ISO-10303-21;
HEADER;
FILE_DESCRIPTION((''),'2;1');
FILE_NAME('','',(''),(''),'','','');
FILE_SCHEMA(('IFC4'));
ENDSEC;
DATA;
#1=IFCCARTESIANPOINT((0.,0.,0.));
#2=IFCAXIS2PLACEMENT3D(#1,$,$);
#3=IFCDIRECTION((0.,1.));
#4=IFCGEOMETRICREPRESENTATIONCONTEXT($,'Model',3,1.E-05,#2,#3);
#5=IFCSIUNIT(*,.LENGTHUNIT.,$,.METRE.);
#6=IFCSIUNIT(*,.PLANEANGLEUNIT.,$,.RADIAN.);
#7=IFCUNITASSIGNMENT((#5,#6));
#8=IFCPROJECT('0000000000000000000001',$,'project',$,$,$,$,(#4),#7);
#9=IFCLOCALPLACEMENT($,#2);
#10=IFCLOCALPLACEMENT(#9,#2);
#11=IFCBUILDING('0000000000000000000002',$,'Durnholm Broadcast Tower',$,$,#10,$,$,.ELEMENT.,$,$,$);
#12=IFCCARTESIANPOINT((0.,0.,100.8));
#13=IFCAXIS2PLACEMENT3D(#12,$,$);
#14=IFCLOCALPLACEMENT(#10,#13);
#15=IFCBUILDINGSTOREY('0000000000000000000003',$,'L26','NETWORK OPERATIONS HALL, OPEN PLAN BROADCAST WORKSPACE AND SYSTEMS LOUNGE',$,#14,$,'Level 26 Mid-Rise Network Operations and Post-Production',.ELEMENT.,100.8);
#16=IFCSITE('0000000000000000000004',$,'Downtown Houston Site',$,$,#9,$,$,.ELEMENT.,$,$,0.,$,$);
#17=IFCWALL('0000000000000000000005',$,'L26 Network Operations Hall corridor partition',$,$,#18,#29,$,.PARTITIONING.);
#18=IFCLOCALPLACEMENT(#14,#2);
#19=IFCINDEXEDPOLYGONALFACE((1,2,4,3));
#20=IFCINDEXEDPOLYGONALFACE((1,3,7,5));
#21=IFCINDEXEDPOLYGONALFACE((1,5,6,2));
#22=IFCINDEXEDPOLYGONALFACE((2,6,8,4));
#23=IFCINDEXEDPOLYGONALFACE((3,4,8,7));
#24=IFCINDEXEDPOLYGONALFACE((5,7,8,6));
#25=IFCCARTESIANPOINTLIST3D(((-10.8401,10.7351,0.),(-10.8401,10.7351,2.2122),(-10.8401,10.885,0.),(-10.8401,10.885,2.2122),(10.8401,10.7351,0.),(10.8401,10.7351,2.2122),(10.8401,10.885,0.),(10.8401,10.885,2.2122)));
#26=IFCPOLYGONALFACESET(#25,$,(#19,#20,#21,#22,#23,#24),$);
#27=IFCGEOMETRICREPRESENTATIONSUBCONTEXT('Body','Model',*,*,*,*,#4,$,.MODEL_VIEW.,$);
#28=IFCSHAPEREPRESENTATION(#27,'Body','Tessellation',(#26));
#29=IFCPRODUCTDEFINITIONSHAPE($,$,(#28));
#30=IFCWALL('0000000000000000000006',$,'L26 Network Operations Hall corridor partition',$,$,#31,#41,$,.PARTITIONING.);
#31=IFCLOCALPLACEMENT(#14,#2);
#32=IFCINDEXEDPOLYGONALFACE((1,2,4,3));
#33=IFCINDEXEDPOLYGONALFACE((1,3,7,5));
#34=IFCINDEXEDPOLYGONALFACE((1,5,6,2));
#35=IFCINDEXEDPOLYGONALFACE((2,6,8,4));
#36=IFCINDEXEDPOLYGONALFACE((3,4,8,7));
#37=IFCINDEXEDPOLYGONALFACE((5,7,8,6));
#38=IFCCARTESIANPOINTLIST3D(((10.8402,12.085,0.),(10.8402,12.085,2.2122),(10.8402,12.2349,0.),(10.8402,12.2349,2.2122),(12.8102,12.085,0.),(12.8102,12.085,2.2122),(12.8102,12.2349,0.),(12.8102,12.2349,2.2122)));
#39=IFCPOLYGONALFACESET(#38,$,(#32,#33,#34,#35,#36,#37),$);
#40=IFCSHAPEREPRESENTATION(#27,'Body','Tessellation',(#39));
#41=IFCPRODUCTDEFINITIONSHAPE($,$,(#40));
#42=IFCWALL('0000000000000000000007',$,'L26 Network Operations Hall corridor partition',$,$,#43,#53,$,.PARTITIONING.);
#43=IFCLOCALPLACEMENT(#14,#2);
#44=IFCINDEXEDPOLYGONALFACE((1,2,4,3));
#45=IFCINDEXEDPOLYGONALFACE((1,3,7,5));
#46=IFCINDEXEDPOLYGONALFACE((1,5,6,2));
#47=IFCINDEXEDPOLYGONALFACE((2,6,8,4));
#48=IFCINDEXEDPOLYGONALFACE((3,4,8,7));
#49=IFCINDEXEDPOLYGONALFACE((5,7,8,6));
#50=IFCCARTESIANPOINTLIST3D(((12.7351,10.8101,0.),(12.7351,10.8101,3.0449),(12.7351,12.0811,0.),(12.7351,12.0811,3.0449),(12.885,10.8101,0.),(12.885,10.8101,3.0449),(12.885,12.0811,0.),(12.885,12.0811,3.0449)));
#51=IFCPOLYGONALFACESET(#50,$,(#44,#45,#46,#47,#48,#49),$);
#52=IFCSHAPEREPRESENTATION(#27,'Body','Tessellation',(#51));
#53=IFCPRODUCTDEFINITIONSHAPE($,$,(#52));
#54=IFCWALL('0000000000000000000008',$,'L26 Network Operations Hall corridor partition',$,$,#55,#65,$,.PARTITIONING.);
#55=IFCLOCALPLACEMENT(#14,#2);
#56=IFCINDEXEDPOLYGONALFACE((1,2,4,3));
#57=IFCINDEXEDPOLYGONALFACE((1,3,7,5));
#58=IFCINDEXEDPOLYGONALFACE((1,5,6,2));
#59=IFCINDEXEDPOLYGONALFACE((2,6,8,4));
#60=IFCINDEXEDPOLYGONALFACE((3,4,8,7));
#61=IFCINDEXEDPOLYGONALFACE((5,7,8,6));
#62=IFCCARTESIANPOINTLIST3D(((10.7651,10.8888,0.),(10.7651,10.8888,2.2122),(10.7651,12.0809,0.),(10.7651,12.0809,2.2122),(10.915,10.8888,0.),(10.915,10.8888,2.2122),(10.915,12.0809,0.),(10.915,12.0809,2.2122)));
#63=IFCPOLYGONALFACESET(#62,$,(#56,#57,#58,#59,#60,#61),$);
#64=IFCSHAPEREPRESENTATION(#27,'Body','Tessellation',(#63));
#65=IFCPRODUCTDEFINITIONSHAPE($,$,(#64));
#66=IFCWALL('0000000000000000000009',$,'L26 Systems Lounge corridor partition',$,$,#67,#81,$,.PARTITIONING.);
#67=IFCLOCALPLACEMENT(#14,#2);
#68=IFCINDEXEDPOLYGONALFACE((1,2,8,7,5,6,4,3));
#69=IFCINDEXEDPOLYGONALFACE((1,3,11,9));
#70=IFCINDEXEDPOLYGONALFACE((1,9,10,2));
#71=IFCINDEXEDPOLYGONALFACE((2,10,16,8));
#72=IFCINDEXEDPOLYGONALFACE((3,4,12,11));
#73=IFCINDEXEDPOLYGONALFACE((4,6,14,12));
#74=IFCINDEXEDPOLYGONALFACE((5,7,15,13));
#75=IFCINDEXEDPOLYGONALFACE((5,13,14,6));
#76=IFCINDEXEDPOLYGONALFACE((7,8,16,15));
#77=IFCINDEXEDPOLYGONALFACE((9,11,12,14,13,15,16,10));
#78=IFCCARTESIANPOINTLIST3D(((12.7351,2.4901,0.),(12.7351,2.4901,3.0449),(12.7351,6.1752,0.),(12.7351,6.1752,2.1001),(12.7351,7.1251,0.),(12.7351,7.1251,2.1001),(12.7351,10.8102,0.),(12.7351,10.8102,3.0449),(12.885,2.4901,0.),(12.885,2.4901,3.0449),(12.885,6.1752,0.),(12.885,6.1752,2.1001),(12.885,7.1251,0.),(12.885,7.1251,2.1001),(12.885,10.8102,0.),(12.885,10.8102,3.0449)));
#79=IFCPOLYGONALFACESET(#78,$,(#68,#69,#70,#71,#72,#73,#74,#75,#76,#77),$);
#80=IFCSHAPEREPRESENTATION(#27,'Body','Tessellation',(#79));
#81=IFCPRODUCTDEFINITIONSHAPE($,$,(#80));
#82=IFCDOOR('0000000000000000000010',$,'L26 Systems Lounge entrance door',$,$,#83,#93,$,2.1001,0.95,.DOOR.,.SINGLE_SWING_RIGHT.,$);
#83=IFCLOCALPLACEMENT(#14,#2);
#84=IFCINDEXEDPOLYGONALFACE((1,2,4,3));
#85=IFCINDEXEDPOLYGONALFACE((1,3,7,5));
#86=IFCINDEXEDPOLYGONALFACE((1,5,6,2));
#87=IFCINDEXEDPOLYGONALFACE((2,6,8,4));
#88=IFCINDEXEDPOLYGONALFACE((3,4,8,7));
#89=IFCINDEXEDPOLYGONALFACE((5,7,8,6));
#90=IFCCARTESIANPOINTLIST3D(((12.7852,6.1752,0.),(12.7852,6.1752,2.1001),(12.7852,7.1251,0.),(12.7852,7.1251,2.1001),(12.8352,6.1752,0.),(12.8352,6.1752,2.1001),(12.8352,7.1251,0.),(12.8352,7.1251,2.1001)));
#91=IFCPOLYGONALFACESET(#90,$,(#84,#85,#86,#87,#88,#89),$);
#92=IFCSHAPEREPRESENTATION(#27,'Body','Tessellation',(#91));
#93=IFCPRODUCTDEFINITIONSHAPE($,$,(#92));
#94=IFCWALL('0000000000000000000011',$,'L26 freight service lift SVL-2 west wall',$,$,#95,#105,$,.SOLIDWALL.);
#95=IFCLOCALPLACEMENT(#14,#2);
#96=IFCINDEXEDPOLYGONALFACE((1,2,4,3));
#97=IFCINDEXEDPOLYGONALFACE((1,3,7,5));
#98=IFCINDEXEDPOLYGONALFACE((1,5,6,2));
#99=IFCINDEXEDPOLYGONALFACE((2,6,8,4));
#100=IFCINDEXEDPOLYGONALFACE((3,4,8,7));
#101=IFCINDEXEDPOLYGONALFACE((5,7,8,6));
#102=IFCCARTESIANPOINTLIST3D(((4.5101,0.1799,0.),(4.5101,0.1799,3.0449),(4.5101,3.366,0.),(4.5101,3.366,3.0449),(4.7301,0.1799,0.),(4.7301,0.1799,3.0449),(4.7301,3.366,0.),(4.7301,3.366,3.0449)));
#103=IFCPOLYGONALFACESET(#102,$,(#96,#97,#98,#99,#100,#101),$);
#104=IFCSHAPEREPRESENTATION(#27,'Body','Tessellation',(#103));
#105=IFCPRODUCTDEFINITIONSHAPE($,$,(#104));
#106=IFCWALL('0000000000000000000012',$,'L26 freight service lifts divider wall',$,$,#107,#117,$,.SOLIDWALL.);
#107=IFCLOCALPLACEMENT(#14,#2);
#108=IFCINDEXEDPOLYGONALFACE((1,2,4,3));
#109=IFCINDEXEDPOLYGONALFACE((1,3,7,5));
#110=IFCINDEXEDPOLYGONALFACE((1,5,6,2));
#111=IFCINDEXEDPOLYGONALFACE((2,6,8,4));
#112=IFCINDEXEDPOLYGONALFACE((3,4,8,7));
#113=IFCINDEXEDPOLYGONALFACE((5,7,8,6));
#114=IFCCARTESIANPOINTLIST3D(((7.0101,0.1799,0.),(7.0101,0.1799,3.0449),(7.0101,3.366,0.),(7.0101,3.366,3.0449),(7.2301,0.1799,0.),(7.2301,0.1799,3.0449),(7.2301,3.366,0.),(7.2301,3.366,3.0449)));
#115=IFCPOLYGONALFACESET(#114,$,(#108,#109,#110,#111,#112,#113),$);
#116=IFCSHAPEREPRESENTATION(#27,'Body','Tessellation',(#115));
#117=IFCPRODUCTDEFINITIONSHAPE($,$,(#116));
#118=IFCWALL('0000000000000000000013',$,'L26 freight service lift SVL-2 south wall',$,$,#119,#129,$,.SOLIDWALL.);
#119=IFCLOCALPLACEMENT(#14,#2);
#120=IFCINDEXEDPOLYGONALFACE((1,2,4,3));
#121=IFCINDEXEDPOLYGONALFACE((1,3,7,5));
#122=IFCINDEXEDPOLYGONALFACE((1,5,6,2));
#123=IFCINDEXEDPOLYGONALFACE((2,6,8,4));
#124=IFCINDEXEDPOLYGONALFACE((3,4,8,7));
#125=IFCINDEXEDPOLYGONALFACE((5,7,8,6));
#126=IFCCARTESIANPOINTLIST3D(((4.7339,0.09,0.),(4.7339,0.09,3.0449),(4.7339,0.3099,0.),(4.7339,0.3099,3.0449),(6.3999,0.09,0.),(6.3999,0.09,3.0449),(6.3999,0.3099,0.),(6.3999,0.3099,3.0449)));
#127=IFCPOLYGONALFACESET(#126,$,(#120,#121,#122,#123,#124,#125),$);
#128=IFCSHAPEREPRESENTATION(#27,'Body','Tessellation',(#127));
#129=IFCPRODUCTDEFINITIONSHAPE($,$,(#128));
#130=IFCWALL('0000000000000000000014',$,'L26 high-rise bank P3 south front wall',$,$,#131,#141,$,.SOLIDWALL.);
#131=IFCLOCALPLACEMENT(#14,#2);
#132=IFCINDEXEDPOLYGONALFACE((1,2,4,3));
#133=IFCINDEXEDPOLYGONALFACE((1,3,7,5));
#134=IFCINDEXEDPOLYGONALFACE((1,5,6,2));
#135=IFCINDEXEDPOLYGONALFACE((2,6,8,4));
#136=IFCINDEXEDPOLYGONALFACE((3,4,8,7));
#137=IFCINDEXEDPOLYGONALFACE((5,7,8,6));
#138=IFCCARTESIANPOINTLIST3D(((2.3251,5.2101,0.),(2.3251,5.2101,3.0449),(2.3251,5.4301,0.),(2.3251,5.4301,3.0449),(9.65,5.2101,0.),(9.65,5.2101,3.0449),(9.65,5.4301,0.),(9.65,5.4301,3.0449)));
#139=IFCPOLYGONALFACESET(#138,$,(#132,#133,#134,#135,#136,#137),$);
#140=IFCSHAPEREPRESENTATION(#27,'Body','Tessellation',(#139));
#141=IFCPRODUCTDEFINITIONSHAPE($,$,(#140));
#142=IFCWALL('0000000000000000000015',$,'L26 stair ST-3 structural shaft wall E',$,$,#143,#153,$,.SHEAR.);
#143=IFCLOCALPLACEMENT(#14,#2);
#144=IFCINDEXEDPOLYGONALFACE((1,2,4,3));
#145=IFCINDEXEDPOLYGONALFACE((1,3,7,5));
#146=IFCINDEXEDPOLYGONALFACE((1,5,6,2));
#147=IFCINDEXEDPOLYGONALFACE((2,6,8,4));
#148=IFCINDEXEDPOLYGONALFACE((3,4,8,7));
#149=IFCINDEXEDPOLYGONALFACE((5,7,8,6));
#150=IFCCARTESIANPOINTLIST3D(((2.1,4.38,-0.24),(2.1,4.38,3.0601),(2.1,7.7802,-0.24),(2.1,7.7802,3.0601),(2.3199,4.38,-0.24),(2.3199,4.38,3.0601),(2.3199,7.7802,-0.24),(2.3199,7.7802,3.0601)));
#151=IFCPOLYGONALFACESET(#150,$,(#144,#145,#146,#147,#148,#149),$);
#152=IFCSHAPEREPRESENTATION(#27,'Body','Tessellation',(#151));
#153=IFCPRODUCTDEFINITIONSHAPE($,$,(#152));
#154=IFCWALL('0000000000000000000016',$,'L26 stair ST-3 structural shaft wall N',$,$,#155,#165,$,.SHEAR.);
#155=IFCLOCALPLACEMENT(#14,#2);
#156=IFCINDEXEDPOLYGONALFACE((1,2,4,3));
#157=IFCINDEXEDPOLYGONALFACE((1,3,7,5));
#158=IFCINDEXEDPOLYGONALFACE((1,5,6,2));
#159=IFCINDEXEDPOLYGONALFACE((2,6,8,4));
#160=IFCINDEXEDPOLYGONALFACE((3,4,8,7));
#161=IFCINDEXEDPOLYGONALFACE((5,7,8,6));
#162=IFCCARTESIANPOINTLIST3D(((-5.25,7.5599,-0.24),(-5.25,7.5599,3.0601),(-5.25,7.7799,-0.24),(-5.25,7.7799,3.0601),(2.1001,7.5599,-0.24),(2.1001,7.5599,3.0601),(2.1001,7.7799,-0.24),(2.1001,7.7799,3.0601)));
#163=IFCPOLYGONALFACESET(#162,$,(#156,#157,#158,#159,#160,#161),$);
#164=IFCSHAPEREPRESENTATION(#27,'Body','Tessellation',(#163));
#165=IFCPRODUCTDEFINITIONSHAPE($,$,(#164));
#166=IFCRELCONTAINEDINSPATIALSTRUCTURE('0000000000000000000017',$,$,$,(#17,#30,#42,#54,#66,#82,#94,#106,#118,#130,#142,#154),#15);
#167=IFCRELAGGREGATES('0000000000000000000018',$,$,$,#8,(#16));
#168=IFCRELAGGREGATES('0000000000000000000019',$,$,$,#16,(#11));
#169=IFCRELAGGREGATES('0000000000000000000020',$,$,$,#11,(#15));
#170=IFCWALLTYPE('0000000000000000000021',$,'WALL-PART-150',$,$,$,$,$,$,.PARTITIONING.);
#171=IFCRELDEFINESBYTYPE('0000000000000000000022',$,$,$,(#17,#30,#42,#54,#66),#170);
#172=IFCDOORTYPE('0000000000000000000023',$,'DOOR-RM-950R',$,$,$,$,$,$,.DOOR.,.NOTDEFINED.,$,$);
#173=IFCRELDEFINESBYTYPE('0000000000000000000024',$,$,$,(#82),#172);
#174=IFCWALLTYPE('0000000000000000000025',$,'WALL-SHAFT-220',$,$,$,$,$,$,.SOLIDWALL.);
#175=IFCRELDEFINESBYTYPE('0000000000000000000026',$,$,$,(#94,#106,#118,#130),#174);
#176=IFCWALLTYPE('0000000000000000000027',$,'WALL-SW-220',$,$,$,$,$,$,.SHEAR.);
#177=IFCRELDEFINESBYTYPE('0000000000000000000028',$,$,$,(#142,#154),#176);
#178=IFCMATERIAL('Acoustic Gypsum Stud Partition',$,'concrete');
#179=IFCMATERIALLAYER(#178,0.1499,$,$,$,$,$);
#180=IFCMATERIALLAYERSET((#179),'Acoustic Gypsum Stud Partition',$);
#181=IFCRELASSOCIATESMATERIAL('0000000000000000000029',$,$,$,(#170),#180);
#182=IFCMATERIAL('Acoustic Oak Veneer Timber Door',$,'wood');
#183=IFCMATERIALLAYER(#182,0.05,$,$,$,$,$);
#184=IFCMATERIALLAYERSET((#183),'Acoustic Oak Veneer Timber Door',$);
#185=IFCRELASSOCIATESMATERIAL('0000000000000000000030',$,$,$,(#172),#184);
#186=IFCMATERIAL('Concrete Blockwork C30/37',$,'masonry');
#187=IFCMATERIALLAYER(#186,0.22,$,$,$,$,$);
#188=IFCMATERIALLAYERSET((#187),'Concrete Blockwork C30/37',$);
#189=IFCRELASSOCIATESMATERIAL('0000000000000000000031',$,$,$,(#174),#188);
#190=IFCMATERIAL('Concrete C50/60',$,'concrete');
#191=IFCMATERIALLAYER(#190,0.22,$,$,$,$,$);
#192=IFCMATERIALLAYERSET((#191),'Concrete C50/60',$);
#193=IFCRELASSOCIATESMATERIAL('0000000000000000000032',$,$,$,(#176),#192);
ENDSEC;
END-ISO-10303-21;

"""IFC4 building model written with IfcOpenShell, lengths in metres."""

from ifc_helpers import new_model, si_unit, direction, frame, frame_2d, origin, place, context, subcontext, project, spatial, rectangle, extrude, source, transform, mapped, material, layer, layer_set, type_object, type_shapes, element, fill, save


model = new_model("IFC4")

# Units and contexts
model_context = context("Model", 3, precision=1e-05, world=origin(), true_north=direction((0.0, 1.0)))
body_context = subcontext(model_context, "Body", "Model", "MODEL_VIEW")
ifc_project = project(units=[si_unit("LENGTHUNIT", "METRE"), si_unit("PLANEANGLEUNIT", "RADIAN")], contexts=[model_context])

# Site, building, storey
site_placement = place(None, origin())
site = spatial("IfcSite", under=ifc_project, at=site_placement, Name="Downtown Houston Site", CompositionType="ELEMENT", RefElevation=0.0)
building_placement = place(site_placement, origin())
building = spatial("IfcBuilding", under=site, at=building_placement, Name="Durnholm Broadcast Tower", CompositionType="ELEMENT")
storey_placement = place(building_placement, frame((0.0, 0.0, 100.8)))
storey = spatial("IfcBuildingStorey", under=building, at=storey_placement, Name="L26", Description="NETWORK OPERATIONS HALL, OPEN PLAN BROADCAST WORKSPACE AND SYSTEMS LOUNGE", LongName="Level 26 Mid-Rise Network Operations and Post-Production", CompositionType="ELEMENT", Elevation=100.8)

# Walls
ifc_material_1 = material(Name="Acoustic Gypsum Stud Partition", Category="concrete")
ifc_layer_1 = layer(ifc_material_1, 0.1499)
ifc_layer_set_1 = layer_set([ifc_layer_1], Name="Acoustic Gypsum Stud Partition")
wall_type_1 = type_object("IfcWallType", Name="WALL-PART-150", PredefinedType="PARTITIONING", material=ifc_layer_set_1)
wall_1_placement = place(storey_placement, frame((10.8401, 10.8101, 0.0), z_axis=(0.0, 0.0, 1.0), x_axis=(-1.0, 0.0, 0.0)))
element("IfcWall", 1, at=wall_1_placement, inside=storey, type_object=wall_type_1, Name="L26 Network Operations Hall corridor partition", PredefinedType="PARTITIONING", context=body_context, shape_type="SweptSolid", body=[
    extrude(rectangle(XDim=21.6802, YDim=0.1499, at=frame_2d((10.8401, 0.0))), origin(), (0.0, 0.0, 1.0), 2.2122),
])
wall_2_placement = place(storey_placement, frame((12.8101, 12.1599, 0.0), z_axis=(0.0, 0.0, 1.0), x_axis=(-1.0, 0.0, 0.0)))
element("IfcWall", 2, at=wall_2_placement, inside=storey, type_object=wall_type_1, Name="L26 Network Operations Hall corridor partition", PredefinedType="PARTITIONING", context=body_context, shape_type="SweptSolid", body=[
    extrude(rectangle(XDim=1.97, YDim=0.1499, at=frame_2d((0.9849, 0.0))), origin(), (0.0, 0.0, 1.0), 2.2122),
])
wall_3_placement = place(storey_placement, frame((12.8101, 10.8101, 0.0), z_axis=(0.0, 0.0, 1.0), x_axis=(0.0, 1.0, 0.0)))
element("IfcWall", 3, at=wall_3_placement, inside=storey, type_object=wall_type_1, Name="L26 Network Operations Hall corridor partition", PredefinedType="PARTITIONING", context=body_context, shape_type="SweptSolid", body=[
    extrude(rectangle(XDim=1.271, YDim=0.1499, at=frame_2d((0.6355, 0.0))), origin(), (0.0, 0.0, 1.0), 3.0449),
])
wall_4_placement = place(storey_placement, frame((10.8401, 12.0811, 0.0), z_axis=(0.0, 0.0, 1.0), x_axis=(0.0, -1.0, 0.0)))
element("IfcWall", 4, at=wall_4_placement, inside=storey, type_object=wall_type_1, Name="L26 Network Operations Hall corridor partition", PredefinedType="PARTITIONING", context=body_context, shape_type="SweptSolid", body=[
    extrude(rectangle(XDim=1.1921, YDim=0.1499, at=frame_2d((0.5962, 0.0))), origin(), (0.0, 0.0, 1.0), 2.2122),
])

# Wall, opening, door
wall_5_placement = place(storey_placement, frame((12.8101, 2.49, 0.0), z_axis=(0.0, 0.0, 1.0), x_axis=(0.0, 1.0, 0.0)))
wall_5 = element("IfcWall", 5, at=wall_5_placement, inside=storey, type_object=wall_type_1, Name="L26 Systems Lounge corridor partition", PredefinedType="PARTITIONING", context=body_context, shape_type="SweptSolid", body=[
    extrude(rectangle(XDim=8.3201, YDim=0.1499, at=frame_2d((4.1602, 0.0))), origin(), (0.0, 0.0, 1.0), 3.0449),
])
opening_1_placement = place(wall_5_placement, frame((3.6851, 0.0, 0.0)))
opening_1 = element("IfcOpeningElement", 6, at=opening_1_placement, cuts=wall_5, PredefinedType="OPENING", context=body_context, shape_type="SweptSolid", body=[
    extrude(rectangle(XDim=0.95, YDim=2.1001, at=frame_2d((0.4751, 1.05))), frame((0.0, 0.085, 0.0), z_axis=(0.0, -1.0, 0.0), x_axis=(1.0, 0.0, 0.0)), (0.0, 0.0, 1.0), 0.1699),
])
ifc_material_2 = material(Name="Acoustic Oak Veneer Timber Door", Category="wood")
ifc_layer_2 = layer(ifc_material_2, 0.05)
ifc_layer_set_2 = layer_set([ifc_layer_2], Name="Acoustic Oak Veneer Timber Door")
door_type_1 = type_object("IfcDoorType", Name="DOOR-RM-950R", OperationType="NOTDEFINED", PredefinedType="DOOR", material=ifc_layer_set_2)
shared_shape_1 = source(origin(), body_context, "Body", "SweptSolid", [
    extrude(rectangle(XDim=0.95, YDim=2.1001, at=frame_2d((0.4751, 1.05))), frame((0.0, 0.0249, 0.0), z_axis=(0.0, -1.0, 0.0), x_axis=(1.0, 0.0, 0.0)), (0.0, 0.0, 1.0), 0.05),
])
type_shapes(door_type_1, [shared_shape_1])
door_1_placement = place(opening_1_placement, origin())
door_1 = element("IfcDoor", 7, at=door_1_placement, inside=storey, type_object=door_type_1, Name="L26 Systems Lounge entrance door", OperationType="SINGLE_SWING_RIGHT", OverallHeight=2.1001, OverallWidth=0.95, PredefinedType="DOOR", context=body_context, shape_type="MappedRepresentation", body=[
    mapped(shared_shape_1, transform((0.0, 0.0, 0.0), x_axis=(1.0, 0.0, 0.0), y_axis=(0.0, 1.0, 0.0), z_axis=(0.0, 0.0, 1.0), scale=1.0)),
])
fill(opening_1, door_1)

# Shared definitions
ifc_material_3 = material(Name="Concrete Blockwork C30/37", Category="masonry")
ifc_layer_3 = layer(ifc_material_3, 0.22)
ifc_layer_set_3 = layer_set([ifc_layer_3], Name="Concrete Blockwork C30/37")
wall_type_2 = type_object("IfcWallType", Name="WALL-SHAFT-220", PredefinedType="SOLIDWALL", material=ifc_layer_set_3)

# Walls
for number, where, z_axis, x_axis, name in (
    (8, (4.6201, 0.1799, 0.0), (0.0, 0.0, 1.0), (0.0, 1.0, 0.0), "L26 freight service lift SVL-2 west wall"),
    (9, (7.1201, 0.1799, 0.0), (0.0, 0.0, 1.0), (0.0, 1.0, 0.0), "L26 freight service lifts divider wall"),
):
    element("IfcWall", number, at=place(storey_placement, frame(where, z_axis=z_axis, x_axis=x_axis)), inside=storey, type_object=wall_type_2, Name=name, PredefinedType="SOLIDWALL", context=body_context, shape_type="SweptSolid", body=[
        extrude(rectangle(XDim=3.186, YDim=0.22, at=frame_2d((1.593, 0.0))), origin(), (0.0, 0.0, 1.0), 3.0449),
    ])
wall_6_placement = place(storey_placement, frame((4.7339, 0.2, 0.0), z_axis=(0.0, 0.0, 1.0), x_axis=(1.0, 0.0, 0.0)))
element("IfcWall", 10, at=wall_6_placement, inside=storey, type_object=wall_type_2, Name="L26 freight service lift SVL-2 south wall", PredefinedType="SOLIDWALL", context=body_context, shape_type="SweptSolid", body=[
    extrude(rectangle(XDim=1.666, YDim=0.22, at=frame_2d((0.833, 0.0))), origin(), (0.0, 0.0, 1.0), 3.0449),
])
wall_7_placement = place(storey_placement, frame((2.325, 5.3201, 0.0), z_axis=(0.0, 0.0, 1.0), x_axis=(1.0, 0.0, 0.0)))
element("IfcWall", 11, at=wall_7_placement, inside=storey, type_object=wall_type_2, Name="L26 high-rise bank P3 south front wall", PredefinedType="SOLIDWALL", context=body_context, shape_type="SweptSolid", body=[
    extrude(rectangle(XDim=7.325, YDim=0.22, at=frame_2d((3.6626, 0.0))), origin(), (0.0, 0.0, 1.0), 3.0449),
])
ifc_material_4 = material(Name="Concrete C50/60", Category="concrete")
ifc_layer_4 = layer(ifc_material_4, 0.22)
ifc_layer_set_4 = layer_set([ifc_layer_4], Name="Concrete C50/60")
wall_type_3 = type_object("IfcWallType", Name="WALL-SW-220", PredefinedType="SHEAR", material=ifc_layer_set_4)
wall_8_placement = place(storey_placement, frame((2.21, 4.3799, -0.24), z_axis=(0.0, 0.0, 1.0), x_axis=(0.0, 1.0, 0.0)))
element("IfcWall", 12, at=wall_8_placement, inside=storey, type_object=wall_type_3, Name="L26 stair ST-3 structural shaft wall E", PredefinedType="SHEAR", context=body_context, shape_type="SweptSolid", body=[
    extrude(rectangle(XDim=3.4001, YDim=0.22, at=frame_2d((1.7002, 0.0))), origin(), (0.0, 0.0, 1.0), 3.3),
])
wall_9_placement = place(storey_placement, frame((2.1001, 7.6699, -0.24), z_axis=(0.0, 0.0, 1.0), x_axis=(-1.0, 0.0, 0.0)))
element("IfcWall", 13, at=wall_9_placement, inside=storey, type_object=wall_type_3, Name="L26 stair ST-3 structural shaft wall N", PredefinedType="SHEAR", context=body_context, shape_type="SweptSolid", body=[
    extrude(rectangle(XDim=7.3501, YDim=0.22, at=frame_2d((3.675, 0.0))), origin(), (0.0, 0.0, 1.0), 3.3),
])

save(model, "model.ifc")
